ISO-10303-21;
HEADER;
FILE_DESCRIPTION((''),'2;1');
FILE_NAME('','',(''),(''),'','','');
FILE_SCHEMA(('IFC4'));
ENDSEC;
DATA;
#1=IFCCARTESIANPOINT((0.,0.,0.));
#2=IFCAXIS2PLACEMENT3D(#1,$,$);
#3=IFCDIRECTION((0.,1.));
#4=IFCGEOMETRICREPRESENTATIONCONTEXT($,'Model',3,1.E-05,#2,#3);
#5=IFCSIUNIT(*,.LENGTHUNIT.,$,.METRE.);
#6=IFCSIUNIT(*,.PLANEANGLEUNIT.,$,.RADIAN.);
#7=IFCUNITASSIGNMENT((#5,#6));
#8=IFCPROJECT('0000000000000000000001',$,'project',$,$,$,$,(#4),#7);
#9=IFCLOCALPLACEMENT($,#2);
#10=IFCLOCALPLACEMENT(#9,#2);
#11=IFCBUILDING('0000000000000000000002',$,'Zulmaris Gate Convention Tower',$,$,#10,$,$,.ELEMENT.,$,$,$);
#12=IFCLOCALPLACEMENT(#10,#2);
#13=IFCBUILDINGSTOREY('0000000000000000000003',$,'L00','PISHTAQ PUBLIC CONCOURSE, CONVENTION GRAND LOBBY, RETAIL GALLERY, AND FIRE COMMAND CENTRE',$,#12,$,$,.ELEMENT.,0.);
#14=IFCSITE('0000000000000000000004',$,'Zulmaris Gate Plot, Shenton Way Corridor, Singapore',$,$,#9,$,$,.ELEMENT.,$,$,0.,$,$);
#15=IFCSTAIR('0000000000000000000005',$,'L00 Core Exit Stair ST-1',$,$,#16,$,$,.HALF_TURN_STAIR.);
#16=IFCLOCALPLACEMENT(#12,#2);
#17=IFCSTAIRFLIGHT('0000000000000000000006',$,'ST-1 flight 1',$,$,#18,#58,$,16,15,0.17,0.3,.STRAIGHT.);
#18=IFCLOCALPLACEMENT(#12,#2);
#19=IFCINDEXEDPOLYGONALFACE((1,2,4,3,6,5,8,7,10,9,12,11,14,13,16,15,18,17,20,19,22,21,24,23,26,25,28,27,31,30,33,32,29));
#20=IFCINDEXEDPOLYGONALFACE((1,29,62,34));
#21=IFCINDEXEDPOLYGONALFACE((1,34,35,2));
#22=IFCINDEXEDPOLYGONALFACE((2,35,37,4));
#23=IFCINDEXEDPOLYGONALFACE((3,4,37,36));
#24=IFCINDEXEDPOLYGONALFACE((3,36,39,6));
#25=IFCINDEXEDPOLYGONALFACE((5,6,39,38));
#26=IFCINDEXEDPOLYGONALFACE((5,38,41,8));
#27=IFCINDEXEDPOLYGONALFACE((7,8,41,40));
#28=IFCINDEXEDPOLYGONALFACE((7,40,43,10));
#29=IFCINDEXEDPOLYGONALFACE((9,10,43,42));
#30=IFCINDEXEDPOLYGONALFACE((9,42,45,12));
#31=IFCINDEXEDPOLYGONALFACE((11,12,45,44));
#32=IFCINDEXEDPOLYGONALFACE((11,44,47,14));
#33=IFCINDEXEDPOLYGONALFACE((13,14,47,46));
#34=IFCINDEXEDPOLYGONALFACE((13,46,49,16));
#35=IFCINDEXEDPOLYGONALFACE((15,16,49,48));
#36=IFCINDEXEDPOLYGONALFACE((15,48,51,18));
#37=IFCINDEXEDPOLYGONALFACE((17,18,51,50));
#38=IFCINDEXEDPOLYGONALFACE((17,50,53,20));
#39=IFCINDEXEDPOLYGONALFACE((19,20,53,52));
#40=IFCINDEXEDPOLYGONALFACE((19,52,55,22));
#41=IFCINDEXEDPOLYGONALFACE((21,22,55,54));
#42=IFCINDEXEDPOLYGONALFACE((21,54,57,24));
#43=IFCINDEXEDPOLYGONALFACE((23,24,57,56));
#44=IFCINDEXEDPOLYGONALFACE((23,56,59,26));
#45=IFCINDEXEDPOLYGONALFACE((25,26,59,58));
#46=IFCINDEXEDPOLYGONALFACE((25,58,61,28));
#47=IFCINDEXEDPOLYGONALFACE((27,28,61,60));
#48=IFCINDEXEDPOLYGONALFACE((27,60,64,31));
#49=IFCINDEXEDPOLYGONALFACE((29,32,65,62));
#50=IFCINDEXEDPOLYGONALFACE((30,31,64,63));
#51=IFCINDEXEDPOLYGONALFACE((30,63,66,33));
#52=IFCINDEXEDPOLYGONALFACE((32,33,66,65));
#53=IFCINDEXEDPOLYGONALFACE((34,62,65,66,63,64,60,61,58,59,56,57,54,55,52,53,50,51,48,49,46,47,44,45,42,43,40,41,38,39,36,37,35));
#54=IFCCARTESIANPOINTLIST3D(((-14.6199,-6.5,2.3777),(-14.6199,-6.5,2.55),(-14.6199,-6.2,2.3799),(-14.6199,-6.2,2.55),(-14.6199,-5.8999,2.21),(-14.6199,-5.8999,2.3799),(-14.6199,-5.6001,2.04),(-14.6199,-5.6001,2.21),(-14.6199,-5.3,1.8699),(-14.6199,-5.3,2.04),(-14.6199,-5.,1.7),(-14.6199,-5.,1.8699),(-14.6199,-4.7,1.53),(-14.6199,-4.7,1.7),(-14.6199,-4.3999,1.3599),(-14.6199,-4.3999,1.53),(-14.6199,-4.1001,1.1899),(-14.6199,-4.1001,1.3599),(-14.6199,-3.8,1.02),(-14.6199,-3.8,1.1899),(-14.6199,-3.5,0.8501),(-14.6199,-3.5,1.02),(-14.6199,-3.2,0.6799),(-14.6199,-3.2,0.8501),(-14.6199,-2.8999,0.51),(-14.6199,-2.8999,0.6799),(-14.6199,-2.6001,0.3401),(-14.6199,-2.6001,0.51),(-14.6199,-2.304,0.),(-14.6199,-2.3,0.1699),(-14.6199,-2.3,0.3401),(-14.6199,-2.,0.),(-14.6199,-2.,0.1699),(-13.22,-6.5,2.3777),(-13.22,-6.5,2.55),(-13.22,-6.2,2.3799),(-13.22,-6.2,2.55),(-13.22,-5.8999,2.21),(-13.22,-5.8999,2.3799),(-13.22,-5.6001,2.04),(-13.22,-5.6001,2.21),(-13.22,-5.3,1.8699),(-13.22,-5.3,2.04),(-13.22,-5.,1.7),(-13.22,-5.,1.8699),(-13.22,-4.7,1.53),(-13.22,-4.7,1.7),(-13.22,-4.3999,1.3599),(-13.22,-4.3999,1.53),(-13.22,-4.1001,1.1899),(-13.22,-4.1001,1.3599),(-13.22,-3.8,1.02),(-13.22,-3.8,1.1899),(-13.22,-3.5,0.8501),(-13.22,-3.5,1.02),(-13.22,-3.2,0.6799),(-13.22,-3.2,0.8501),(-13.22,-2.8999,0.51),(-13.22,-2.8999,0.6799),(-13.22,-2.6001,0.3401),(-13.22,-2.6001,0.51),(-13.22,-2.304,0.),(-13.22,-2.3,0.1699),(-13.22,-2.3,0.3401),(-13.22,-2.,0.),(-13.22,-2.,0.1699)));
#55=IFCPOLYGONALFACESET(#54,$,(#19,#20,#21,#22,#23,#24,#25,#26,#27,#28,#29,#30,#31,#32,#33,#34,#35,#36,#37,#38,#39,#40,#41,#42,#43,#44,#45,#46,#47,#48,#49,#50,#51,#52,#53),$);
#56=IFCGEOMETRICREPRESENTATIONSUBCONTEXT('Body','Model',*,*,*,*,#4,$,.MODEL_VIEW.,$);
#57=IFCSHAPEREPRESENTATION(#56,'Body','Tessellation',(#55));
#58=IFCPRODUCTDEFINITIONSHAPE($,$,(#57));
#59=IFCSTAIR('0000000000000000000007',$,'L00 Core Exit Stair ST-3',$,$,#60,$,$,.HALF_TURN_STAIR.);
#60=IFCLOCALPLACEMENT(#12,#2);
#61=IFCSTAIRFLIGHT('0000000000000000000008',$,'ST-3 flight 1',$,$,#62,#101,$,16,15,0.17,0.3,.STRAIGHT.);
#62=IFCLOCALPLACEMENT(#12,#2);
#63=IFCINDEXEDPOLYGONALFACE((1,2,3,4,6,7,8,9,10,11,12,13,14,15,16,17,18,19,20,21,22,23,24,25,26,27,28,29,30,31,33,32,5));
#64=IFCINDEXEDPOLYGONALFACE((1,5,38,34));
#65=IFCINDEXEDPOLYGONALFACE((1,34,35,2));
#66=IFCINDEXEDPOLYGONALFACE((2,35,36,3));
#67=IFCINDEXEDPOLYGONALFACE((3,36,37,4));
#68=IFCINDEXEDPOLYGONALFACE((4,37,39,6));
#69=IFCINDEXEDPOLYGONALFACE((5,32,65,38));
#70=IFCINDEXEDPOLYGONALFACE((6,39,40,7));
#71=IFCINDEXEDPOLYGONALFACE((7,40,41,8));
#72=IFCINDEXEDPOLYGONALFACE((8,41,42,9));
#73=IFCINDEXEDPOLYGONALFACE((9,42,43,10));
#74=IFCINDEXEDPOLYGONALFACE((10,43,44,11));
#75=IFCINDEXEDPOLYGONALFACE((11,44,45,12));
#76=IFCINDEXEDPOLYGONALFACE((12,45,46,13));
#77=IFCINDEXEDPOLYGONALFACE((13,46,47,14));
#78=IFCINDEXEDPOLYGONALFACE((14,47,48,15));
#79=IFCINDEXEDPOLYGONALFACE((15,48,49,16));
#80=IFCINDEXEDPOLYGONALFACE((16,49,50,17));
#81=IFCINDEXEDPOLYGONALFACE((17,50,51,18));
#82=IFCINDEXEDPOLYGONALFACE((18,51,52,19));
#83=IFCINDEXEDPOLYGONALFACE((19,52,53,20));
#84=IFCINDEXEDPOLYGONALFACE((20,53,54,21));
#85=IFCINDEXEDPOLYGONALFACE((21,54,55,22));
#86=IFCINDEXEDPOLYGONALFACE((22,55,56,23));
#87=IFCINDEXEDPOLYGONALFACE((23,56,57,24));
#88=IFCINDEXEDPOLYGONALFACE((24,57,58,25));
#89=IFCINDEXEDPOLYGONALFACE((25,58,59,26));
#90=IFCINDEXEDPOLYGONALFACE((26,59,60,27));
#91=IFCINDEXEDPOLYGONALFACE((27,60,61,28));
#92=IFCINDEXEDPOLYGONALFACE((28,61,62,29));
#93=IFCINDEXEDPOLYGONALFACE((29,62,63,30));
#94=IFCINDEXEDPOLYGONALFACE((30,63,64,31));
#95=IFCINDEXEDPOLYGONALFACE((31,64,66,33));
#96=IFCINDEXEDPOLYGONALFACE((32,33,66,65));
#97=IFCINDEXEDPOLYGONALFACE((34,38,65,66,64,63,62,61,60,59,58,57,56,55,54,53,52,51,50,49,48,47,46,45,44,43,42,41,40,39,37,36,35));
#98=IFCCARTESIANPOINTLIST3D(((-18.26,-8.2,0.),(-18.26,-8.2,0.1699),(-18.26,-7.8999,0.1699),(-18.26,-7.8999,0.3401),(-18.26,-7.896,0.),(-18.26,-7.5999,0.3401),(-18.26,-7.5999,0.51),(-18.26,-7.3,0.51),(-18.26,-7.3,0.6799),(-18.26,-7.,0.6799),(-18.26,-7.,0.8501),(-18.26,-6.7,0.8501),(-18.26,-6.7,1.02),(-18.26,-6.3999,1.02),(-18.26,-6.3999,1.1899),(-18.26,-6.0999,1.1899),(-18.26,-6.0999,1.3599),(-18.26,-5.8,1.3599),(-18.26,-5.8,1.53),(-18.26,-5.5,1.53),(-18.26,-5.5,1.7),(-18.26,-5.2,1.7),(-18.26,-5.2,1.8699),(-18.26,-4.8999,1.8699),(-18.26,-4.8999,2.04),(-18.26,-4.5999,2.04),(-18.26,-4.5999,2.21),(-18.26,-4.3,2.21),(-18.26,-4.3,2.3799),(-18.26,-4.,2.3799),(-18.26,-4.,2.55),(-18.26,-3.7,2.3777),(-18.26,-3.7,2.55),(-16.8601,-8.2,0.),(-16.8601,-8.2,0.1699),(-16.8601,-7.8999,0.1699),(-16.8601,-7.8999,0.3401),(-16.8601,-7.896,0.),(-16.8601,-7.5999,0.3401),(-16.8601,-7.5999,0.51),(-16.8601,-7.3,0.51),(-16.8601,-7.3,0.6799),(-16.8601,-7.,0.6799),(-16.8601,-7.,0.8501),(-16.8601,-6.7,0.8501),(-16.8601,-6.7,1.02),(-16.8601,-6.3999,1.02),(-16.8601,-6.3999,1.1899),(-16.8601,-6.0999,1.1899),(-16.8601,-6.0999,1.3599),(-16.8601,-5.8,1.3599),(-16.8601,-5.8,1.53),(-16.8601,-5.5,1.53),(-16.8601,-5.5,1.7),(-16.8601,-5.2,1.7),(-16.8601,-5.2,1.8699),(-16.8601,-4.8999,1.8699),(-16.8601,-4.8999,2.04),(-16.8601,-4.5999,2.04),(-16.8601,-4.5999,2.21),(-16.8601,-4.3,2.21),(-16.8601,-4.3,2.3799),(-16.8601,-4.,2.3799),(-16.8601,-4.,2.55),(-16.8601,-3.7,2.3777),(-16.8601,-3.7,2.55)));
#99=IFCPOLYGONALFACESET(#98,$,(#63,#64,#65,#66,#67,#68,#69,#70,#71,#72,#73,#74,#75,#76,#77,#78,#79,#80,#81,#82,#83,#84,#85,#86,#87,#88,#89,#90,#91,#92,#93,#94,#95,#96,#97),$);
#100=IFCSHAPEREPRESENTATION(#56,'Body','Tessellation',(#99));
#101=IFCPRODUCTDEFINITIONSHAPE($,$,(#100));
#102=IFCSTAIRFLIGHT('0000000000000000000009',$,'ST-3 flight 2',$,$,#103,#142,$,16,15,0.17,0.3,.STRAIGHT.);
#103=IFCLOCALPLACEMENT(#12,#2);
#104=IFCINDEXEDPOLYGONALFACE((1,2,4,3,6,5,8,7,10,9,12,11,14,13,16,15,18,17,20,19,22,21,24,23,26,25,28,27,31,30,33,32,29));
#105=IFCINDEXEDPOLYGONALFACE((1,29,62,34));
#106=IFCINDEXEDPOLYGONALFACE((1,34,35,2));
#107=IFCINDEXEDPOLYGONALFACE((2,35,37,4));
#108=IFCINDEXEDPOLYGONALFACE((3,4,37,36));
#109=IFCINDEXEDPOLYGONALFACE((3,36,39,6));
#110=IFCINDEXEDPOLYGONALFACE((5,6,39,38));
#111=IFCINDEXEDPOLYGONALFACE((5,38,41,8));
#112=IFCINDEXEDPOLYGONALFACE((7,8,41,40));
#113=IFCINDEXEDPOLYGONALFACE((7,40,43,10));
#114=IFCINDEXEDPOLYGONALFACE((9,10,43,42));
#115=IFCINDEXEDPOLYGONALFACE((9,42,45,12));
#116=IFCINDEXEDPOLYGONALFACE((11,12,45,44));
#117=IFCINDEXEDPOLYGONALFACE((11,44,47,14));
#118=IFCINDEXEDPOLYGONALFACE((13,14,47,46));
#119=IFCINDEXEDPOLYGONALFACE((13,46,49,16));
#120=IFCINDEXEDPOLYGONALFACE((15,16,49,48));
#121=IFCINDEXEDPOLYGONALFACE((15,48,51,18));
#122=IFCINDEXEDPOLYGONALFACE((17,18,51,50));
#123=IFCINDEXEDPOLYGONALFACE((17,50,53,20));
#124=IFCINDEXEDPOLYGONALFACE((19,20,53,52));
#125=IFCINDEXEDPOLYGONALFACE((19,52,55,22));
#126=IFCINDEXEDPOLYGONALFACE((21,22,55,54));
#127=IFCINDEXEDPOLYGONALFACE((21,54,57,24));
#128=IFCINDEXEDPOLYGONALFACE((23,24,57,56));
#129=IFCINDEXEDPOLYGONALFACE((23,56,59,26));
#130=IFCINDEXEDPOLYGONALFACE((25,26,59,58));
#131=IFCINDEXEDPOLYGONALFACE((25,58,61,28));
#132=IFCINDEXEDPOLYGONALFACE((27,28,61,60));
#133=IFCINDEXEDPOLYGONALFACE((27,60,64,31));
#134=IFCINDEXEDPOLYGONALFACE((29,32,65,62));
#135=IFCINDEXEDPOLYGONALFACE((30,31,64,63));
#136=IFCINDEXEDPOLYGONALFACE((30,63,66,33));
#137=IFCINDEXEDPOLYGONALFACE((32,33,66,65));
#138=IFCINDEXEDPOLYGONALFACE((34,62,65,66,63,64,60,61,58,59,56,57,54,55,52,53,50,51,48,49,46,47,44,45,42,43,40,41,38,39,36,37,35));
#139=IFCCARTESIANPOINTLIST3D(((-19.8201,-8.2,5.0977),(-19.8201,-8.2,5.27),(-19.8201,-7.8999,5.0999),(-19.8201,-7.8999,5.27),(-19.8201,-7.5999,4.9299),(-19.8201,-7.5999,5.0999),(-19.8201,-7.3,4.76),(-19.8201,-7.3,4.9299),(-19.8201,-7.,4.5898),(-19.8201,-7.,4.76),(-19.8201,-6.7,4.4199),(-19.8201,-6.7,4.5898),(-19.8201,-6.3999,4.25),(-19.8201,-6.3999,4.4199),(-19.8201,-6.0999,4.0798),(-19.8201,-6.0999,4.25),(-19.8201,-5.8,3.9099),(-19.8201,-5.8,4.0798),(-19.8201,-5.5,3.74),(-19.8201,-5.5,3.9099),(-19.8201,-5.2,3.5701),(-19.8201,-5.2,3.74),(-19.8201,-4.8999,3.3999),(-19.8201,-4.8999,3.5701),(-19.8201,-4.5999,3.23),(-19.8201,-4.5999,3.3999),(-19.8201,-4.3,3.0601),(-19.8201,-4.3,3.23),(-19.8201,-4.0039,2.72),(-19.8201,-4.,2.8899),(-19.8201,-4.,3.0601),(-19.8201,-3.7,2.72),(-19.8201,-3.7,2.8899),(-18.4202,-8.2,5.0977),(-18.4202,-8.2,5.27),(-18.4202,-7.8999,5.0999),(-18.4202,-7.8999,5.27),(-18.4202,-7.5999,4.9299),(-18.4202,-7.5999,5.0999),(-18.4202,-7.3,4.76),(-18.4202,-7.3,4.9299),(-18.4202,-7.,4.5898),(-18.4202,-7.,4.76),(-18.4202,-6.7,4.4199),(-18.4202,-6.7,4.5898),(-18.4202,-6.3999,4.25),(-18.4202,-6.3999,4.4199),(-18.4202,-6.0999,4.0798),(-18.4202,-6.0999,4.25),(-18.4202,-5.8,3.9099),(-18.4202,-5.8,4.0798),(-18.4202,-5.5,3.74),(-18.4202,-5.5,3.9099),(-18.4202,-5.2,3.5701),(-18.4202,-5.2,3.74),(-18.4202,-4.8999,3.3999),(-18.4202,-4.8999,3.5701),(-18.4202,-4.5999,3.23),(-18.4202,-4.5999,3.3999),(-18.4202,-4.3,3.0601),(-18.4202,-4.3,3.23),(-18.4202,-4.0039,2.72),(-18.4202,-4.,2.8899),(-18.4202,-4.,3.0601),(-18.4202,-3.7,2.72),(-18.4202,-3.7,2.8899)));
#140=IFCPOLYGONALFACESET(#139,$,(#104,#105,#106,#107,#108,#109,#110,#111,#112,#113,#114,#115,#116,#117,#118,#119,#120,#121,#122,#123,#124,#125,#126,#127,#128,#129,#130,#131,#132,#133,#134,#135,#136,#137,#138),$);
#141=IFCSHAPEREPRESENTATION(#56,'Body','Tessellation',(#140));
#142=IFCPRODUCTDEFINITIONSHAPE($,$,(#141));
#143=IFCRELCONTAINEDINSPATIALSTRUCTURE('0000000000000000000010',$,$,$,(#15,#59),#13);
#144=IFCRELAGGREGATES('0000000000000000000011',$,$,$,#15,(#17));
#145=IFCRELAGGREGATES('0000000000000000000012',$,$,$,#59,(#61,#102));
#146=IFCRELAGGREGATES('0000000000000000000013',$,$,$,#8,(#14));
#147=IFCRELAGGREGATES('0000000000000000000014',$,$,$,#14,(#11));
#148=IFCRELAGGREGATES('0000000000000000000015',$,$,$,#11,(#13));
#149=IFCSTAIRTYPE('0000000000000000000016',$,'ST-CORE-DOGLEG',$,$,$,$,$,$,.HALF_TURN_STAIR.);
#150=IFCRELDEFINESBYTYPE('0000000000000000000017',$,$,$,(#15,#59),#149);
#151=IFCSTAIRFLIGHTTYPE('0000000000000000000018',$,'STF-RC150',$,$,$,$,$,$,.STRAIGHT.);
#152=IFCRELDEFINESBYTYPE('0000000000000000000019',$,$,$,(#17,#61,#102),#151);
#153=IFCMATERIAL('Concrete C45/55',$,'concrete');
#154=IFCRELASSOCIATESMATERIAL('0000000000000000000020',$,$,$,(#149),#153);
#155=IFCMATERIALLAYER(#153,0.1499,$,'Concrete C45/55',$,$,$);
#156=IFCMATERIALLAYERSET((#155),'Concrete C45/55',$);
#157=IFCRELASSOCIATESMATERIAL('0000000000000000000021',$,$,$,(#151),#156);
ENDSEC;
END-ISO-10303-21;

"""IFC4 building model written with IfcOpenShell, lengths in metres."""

from ifc_helpers import new_model, si_unit, direction, frame, origin, place, context, subcontext, project, spatial, polyline, outline, extrude, material, layer, layer_set, type_object, element, aggregate, save


model = new_model("IFC4")

# Units and contexts
model_context = context("Model", 3, precision=1e-05, world=origin(), true_north=direction((0.0, 1.0)))
body_context = subcontext(model_context, "Body", "Model", "MODEL_VIEW")
ifc_project = project(units=[si_unit("LENGTHUNIT", "METRE"), si_unit("PLANEANGLEUNIT", "RADIAN")], contexts=[model_context])

# Site, building, storey
site_placement = place(None, origin())
site = spatial("IfcSite", under=ifc_project, at=site_placement, Name="Zulmaris Gate Plot, Shenton Way Corridor, Singapore", CompositionType="ELEMENT", RefElevation=0.0)
building_placement = place(site_placement, origin())
building = spatial("IfcBuilding", under=site, at=building_placement, Name="Zulmaris Gate Convention Tower", CompositionType="ELEMENT")
storey_placement = place(building_placement, origin())
storey = spatial("IfcBuildingStorey", under=building, at=storey_placement, Name="L00", Description="PISHTAQ PUBLIC CONCOURSE, CONVENTION GRAND LOBBY, RETAIL GALLERY, AND FIRE COMMAND CENTRE", CompositionType="ELEMENT", Elevation=0.0)

# Stair, stair flight
ifc_material_1 = material(Name="Concrete C45/55", Category="concrete")
stair_type = type_object("IfcStairType", Name="ST-CORE-DOGLEG", PredefinedType="HALF_TURN_STAIR", material=ifc_material_1)
stair_1_placement = place(storey_placement, origin())
stair_1 = element("IfcStair", 1, at=stair_1_placement, inside=storey, type_object=stair_type, Name="L00 Core Exit Stair ST-1", PredefinedType="HALF_TURN_STAIR")
ifc_layer_1 = layer(ifc_material_1, 0.1499, Name="Concrete C45/55")
ifc_layer_set_1 = layer_set([ifc_layer_1], Name="Concrete C45/55")
stair_flight_type = type_object("IfcStairFlightType", Name="STF-RC150", PredefinedType="STRAIGHT", material=ifc_layer_set_1)
stair_flight_1_placement = place(storey_placement, frame((-13.9199, -2.0, 0.0), z_axis=(0.0, 0.0, 1.0), x_axis=(0.0, -1.0, 0.0)))
stair_flight_1 = element("IfcStairFlight", 2, at=stair_flight_1_placement, type_object=stair_flight_type, Name="ST-1 flight 1", NumberOfRisers=16, NumberOfTreads=15, PredefinedType="STRAIGHT", RiserHeight=0.17, TreadLength=0.3, context=body_context, shape_type="SweptSolid", body=[
    extrude(outline(polyline([(0.0, 0.0), (0.0, 0.1699), (0.3, 0.1699), (0.3, 0.3401), (0.6001, 0.3401), (0.6001, 0.51), (0.8999, 0.51), (0.8999, 0.6799), (1.2, 0.6799), (1.2, 0.8501), (1.5, 0.8501), (1.5, 1.02), (1.8, 1.02), (1.8, 1.1899), (2.1001, 1.1899), (2.1001, 1.3599), (2.3999, 1.3599), (2.3999, 1.53), (2.7, 1.53), (2.7, 1.7), (3.0, 1.7), (3.0, 1.8699), (3.3, 1.8699), (3.3, 2.04), (3.6001, 2.04), (3.6001, 2.21), (3.8999, 2.21), (3.8999, 2.3799), (4.2, 2.3799), (4.2, 2.55), (4.5, 2.55), (4.5, 2.72), (4.5, 2.3777), (0.304, 0.0), (0.0, 0.0)])), frame((0.0, 0.7, 0.0), z_axis=(0.0, -1.0, 0.0), x_axis=(1.0, 0.0, 0.0)), (0.0, 0.0, 1.0), 1.3999),
])
aggregate(stair_1, [stair_flight_1])

# Stair, stair flights
stair_2_placement = place(storey_placement, origin())
stair_2 = element("IfcStair", 3, at=stair_2_placement, inside=storey, type_object=stair_type, Name="L00 Core Exit Stair ST-3", PredefinedType="HALF_TURN_STAIR")
stair_flight_2_placement = place(storey_placement, frame((-17.5601, -8.2, 0.0), z_axis=(0.0, 0.0, 1.0), x_axis=(0.0, 1.0, 0.0)))
stair_flight_2 = element("IfcStairFlight", 4, at=stair_flight_2_placement, type_object=stair_flight_type, Name="ST-3 flight 1", NumberOfRisers=16, NumberOfTreads=15, PredefinedType="STRAIGHT", RiserHeight=0.17, TreadLength=0.3, context=body_context, shape_type="SweptSolid", body=[
    extrude(outline(polyline([(0.0, 0.0), (0.0, 0.1699), (0.3, 0.1699), (0.3, 0.3401), (0.6001, 0.3401), (0.6001, 0.51), (0.8999, 0.51), (0.8999, 0.6799), (1.2, 0.6799), (1.2, 0.8501), (1.5, 0.8501), (1.5, 1.02), (1.8, 1.02), (1.8, 1.1899), (2.1001, 1.1899), (2.1001, 1.3599), (2.3999, 1.3599), (2.3999, 1.53), (2.7, 1.53), (2.7, 1.7), (3.0, 1.7), (3.0, 1.8699), (3.3, 1.8699), (3.3, 2.04), (3.6001, 2.04), (3.6001, 2.21), (3.8999, 2.21), (3.8999, 2.3799), (4.2, 2.3799), (4.2, 2.55), (4.5, 2.55), (4.5, 2.72), (4.5, 2.3777), (0.304, 0.0), (0.0, 0.0)])), frame((0.0, 0.7, 0.0), z_axis=(0.0, -1.0, 0.0), x_axis=(1.0, 0.0, 0.0)), (0.0, 0.0, 1.0), 1.3999),
])
stair_flight_3_placement = place(storey_placement, frame((-19.1201, -3.7, 2.72), z_axis=(0.0, 0.0, 1.0), x_axis=(0.0, -1.0, 0.0)))
stair_flight_3 = element("IfcStairFlight", 5, at=stair_flight_3_placement, type_object=stair_flight_type, Name="ST-3 flight 2", NumberOfRisers=16, NumberOfTreads=15, PredefinedType="STRAIGHT", RiserHeight=0.17, TreadLength=0.3, context=body_context, shape_type="SweptSolid", body=[
    extrude(outline(polyline([(0.0, 0.0), (0.0, 0.1699), (0.3, 0.1699), (0.3, 0.3401), (0.6001, 0.3401), (0.6001, 0.51), (0.8999, 0.51), (0.8999, 0.6799), (1.2, 0.6799), (1.2, 0.8501), (1.5, 0.8501), (1.5, 1.02), (1.8, 1.02), (1.8, 1.1899), (2.1001, 1.1899), (2.1001, 1.3599), (2.3999, 1.3599), (2.3999, 1.53), (2.7, 1.53), (2.7, 1.7), (3.0, 1.7), (3.0, 1.8699), (3.3, 1.8699), (3.3, 2.04), (3.6001, 2.04), (3.6001, 2.21), (3.8999, 2.21), (3.8999, 2.3799), (4.2, 2.3799), (4.2, 2.55), (4.5, 2.55), (4.5, 2.72), (4.5, 2.3777), (0.304, 0.0), (0.0, 0.0)])), frame((0.0, 0.7, 0.0), z_axis=(0.0, -1.0, 0.0), x_axis=(1.0, 0.0, 0.0)), (0.0, 0.0, 1.0), 1.3999),
])
aggregate(stair_2, [stair_flight_2, stair_flight_3])

save(model, "model.ifc")
